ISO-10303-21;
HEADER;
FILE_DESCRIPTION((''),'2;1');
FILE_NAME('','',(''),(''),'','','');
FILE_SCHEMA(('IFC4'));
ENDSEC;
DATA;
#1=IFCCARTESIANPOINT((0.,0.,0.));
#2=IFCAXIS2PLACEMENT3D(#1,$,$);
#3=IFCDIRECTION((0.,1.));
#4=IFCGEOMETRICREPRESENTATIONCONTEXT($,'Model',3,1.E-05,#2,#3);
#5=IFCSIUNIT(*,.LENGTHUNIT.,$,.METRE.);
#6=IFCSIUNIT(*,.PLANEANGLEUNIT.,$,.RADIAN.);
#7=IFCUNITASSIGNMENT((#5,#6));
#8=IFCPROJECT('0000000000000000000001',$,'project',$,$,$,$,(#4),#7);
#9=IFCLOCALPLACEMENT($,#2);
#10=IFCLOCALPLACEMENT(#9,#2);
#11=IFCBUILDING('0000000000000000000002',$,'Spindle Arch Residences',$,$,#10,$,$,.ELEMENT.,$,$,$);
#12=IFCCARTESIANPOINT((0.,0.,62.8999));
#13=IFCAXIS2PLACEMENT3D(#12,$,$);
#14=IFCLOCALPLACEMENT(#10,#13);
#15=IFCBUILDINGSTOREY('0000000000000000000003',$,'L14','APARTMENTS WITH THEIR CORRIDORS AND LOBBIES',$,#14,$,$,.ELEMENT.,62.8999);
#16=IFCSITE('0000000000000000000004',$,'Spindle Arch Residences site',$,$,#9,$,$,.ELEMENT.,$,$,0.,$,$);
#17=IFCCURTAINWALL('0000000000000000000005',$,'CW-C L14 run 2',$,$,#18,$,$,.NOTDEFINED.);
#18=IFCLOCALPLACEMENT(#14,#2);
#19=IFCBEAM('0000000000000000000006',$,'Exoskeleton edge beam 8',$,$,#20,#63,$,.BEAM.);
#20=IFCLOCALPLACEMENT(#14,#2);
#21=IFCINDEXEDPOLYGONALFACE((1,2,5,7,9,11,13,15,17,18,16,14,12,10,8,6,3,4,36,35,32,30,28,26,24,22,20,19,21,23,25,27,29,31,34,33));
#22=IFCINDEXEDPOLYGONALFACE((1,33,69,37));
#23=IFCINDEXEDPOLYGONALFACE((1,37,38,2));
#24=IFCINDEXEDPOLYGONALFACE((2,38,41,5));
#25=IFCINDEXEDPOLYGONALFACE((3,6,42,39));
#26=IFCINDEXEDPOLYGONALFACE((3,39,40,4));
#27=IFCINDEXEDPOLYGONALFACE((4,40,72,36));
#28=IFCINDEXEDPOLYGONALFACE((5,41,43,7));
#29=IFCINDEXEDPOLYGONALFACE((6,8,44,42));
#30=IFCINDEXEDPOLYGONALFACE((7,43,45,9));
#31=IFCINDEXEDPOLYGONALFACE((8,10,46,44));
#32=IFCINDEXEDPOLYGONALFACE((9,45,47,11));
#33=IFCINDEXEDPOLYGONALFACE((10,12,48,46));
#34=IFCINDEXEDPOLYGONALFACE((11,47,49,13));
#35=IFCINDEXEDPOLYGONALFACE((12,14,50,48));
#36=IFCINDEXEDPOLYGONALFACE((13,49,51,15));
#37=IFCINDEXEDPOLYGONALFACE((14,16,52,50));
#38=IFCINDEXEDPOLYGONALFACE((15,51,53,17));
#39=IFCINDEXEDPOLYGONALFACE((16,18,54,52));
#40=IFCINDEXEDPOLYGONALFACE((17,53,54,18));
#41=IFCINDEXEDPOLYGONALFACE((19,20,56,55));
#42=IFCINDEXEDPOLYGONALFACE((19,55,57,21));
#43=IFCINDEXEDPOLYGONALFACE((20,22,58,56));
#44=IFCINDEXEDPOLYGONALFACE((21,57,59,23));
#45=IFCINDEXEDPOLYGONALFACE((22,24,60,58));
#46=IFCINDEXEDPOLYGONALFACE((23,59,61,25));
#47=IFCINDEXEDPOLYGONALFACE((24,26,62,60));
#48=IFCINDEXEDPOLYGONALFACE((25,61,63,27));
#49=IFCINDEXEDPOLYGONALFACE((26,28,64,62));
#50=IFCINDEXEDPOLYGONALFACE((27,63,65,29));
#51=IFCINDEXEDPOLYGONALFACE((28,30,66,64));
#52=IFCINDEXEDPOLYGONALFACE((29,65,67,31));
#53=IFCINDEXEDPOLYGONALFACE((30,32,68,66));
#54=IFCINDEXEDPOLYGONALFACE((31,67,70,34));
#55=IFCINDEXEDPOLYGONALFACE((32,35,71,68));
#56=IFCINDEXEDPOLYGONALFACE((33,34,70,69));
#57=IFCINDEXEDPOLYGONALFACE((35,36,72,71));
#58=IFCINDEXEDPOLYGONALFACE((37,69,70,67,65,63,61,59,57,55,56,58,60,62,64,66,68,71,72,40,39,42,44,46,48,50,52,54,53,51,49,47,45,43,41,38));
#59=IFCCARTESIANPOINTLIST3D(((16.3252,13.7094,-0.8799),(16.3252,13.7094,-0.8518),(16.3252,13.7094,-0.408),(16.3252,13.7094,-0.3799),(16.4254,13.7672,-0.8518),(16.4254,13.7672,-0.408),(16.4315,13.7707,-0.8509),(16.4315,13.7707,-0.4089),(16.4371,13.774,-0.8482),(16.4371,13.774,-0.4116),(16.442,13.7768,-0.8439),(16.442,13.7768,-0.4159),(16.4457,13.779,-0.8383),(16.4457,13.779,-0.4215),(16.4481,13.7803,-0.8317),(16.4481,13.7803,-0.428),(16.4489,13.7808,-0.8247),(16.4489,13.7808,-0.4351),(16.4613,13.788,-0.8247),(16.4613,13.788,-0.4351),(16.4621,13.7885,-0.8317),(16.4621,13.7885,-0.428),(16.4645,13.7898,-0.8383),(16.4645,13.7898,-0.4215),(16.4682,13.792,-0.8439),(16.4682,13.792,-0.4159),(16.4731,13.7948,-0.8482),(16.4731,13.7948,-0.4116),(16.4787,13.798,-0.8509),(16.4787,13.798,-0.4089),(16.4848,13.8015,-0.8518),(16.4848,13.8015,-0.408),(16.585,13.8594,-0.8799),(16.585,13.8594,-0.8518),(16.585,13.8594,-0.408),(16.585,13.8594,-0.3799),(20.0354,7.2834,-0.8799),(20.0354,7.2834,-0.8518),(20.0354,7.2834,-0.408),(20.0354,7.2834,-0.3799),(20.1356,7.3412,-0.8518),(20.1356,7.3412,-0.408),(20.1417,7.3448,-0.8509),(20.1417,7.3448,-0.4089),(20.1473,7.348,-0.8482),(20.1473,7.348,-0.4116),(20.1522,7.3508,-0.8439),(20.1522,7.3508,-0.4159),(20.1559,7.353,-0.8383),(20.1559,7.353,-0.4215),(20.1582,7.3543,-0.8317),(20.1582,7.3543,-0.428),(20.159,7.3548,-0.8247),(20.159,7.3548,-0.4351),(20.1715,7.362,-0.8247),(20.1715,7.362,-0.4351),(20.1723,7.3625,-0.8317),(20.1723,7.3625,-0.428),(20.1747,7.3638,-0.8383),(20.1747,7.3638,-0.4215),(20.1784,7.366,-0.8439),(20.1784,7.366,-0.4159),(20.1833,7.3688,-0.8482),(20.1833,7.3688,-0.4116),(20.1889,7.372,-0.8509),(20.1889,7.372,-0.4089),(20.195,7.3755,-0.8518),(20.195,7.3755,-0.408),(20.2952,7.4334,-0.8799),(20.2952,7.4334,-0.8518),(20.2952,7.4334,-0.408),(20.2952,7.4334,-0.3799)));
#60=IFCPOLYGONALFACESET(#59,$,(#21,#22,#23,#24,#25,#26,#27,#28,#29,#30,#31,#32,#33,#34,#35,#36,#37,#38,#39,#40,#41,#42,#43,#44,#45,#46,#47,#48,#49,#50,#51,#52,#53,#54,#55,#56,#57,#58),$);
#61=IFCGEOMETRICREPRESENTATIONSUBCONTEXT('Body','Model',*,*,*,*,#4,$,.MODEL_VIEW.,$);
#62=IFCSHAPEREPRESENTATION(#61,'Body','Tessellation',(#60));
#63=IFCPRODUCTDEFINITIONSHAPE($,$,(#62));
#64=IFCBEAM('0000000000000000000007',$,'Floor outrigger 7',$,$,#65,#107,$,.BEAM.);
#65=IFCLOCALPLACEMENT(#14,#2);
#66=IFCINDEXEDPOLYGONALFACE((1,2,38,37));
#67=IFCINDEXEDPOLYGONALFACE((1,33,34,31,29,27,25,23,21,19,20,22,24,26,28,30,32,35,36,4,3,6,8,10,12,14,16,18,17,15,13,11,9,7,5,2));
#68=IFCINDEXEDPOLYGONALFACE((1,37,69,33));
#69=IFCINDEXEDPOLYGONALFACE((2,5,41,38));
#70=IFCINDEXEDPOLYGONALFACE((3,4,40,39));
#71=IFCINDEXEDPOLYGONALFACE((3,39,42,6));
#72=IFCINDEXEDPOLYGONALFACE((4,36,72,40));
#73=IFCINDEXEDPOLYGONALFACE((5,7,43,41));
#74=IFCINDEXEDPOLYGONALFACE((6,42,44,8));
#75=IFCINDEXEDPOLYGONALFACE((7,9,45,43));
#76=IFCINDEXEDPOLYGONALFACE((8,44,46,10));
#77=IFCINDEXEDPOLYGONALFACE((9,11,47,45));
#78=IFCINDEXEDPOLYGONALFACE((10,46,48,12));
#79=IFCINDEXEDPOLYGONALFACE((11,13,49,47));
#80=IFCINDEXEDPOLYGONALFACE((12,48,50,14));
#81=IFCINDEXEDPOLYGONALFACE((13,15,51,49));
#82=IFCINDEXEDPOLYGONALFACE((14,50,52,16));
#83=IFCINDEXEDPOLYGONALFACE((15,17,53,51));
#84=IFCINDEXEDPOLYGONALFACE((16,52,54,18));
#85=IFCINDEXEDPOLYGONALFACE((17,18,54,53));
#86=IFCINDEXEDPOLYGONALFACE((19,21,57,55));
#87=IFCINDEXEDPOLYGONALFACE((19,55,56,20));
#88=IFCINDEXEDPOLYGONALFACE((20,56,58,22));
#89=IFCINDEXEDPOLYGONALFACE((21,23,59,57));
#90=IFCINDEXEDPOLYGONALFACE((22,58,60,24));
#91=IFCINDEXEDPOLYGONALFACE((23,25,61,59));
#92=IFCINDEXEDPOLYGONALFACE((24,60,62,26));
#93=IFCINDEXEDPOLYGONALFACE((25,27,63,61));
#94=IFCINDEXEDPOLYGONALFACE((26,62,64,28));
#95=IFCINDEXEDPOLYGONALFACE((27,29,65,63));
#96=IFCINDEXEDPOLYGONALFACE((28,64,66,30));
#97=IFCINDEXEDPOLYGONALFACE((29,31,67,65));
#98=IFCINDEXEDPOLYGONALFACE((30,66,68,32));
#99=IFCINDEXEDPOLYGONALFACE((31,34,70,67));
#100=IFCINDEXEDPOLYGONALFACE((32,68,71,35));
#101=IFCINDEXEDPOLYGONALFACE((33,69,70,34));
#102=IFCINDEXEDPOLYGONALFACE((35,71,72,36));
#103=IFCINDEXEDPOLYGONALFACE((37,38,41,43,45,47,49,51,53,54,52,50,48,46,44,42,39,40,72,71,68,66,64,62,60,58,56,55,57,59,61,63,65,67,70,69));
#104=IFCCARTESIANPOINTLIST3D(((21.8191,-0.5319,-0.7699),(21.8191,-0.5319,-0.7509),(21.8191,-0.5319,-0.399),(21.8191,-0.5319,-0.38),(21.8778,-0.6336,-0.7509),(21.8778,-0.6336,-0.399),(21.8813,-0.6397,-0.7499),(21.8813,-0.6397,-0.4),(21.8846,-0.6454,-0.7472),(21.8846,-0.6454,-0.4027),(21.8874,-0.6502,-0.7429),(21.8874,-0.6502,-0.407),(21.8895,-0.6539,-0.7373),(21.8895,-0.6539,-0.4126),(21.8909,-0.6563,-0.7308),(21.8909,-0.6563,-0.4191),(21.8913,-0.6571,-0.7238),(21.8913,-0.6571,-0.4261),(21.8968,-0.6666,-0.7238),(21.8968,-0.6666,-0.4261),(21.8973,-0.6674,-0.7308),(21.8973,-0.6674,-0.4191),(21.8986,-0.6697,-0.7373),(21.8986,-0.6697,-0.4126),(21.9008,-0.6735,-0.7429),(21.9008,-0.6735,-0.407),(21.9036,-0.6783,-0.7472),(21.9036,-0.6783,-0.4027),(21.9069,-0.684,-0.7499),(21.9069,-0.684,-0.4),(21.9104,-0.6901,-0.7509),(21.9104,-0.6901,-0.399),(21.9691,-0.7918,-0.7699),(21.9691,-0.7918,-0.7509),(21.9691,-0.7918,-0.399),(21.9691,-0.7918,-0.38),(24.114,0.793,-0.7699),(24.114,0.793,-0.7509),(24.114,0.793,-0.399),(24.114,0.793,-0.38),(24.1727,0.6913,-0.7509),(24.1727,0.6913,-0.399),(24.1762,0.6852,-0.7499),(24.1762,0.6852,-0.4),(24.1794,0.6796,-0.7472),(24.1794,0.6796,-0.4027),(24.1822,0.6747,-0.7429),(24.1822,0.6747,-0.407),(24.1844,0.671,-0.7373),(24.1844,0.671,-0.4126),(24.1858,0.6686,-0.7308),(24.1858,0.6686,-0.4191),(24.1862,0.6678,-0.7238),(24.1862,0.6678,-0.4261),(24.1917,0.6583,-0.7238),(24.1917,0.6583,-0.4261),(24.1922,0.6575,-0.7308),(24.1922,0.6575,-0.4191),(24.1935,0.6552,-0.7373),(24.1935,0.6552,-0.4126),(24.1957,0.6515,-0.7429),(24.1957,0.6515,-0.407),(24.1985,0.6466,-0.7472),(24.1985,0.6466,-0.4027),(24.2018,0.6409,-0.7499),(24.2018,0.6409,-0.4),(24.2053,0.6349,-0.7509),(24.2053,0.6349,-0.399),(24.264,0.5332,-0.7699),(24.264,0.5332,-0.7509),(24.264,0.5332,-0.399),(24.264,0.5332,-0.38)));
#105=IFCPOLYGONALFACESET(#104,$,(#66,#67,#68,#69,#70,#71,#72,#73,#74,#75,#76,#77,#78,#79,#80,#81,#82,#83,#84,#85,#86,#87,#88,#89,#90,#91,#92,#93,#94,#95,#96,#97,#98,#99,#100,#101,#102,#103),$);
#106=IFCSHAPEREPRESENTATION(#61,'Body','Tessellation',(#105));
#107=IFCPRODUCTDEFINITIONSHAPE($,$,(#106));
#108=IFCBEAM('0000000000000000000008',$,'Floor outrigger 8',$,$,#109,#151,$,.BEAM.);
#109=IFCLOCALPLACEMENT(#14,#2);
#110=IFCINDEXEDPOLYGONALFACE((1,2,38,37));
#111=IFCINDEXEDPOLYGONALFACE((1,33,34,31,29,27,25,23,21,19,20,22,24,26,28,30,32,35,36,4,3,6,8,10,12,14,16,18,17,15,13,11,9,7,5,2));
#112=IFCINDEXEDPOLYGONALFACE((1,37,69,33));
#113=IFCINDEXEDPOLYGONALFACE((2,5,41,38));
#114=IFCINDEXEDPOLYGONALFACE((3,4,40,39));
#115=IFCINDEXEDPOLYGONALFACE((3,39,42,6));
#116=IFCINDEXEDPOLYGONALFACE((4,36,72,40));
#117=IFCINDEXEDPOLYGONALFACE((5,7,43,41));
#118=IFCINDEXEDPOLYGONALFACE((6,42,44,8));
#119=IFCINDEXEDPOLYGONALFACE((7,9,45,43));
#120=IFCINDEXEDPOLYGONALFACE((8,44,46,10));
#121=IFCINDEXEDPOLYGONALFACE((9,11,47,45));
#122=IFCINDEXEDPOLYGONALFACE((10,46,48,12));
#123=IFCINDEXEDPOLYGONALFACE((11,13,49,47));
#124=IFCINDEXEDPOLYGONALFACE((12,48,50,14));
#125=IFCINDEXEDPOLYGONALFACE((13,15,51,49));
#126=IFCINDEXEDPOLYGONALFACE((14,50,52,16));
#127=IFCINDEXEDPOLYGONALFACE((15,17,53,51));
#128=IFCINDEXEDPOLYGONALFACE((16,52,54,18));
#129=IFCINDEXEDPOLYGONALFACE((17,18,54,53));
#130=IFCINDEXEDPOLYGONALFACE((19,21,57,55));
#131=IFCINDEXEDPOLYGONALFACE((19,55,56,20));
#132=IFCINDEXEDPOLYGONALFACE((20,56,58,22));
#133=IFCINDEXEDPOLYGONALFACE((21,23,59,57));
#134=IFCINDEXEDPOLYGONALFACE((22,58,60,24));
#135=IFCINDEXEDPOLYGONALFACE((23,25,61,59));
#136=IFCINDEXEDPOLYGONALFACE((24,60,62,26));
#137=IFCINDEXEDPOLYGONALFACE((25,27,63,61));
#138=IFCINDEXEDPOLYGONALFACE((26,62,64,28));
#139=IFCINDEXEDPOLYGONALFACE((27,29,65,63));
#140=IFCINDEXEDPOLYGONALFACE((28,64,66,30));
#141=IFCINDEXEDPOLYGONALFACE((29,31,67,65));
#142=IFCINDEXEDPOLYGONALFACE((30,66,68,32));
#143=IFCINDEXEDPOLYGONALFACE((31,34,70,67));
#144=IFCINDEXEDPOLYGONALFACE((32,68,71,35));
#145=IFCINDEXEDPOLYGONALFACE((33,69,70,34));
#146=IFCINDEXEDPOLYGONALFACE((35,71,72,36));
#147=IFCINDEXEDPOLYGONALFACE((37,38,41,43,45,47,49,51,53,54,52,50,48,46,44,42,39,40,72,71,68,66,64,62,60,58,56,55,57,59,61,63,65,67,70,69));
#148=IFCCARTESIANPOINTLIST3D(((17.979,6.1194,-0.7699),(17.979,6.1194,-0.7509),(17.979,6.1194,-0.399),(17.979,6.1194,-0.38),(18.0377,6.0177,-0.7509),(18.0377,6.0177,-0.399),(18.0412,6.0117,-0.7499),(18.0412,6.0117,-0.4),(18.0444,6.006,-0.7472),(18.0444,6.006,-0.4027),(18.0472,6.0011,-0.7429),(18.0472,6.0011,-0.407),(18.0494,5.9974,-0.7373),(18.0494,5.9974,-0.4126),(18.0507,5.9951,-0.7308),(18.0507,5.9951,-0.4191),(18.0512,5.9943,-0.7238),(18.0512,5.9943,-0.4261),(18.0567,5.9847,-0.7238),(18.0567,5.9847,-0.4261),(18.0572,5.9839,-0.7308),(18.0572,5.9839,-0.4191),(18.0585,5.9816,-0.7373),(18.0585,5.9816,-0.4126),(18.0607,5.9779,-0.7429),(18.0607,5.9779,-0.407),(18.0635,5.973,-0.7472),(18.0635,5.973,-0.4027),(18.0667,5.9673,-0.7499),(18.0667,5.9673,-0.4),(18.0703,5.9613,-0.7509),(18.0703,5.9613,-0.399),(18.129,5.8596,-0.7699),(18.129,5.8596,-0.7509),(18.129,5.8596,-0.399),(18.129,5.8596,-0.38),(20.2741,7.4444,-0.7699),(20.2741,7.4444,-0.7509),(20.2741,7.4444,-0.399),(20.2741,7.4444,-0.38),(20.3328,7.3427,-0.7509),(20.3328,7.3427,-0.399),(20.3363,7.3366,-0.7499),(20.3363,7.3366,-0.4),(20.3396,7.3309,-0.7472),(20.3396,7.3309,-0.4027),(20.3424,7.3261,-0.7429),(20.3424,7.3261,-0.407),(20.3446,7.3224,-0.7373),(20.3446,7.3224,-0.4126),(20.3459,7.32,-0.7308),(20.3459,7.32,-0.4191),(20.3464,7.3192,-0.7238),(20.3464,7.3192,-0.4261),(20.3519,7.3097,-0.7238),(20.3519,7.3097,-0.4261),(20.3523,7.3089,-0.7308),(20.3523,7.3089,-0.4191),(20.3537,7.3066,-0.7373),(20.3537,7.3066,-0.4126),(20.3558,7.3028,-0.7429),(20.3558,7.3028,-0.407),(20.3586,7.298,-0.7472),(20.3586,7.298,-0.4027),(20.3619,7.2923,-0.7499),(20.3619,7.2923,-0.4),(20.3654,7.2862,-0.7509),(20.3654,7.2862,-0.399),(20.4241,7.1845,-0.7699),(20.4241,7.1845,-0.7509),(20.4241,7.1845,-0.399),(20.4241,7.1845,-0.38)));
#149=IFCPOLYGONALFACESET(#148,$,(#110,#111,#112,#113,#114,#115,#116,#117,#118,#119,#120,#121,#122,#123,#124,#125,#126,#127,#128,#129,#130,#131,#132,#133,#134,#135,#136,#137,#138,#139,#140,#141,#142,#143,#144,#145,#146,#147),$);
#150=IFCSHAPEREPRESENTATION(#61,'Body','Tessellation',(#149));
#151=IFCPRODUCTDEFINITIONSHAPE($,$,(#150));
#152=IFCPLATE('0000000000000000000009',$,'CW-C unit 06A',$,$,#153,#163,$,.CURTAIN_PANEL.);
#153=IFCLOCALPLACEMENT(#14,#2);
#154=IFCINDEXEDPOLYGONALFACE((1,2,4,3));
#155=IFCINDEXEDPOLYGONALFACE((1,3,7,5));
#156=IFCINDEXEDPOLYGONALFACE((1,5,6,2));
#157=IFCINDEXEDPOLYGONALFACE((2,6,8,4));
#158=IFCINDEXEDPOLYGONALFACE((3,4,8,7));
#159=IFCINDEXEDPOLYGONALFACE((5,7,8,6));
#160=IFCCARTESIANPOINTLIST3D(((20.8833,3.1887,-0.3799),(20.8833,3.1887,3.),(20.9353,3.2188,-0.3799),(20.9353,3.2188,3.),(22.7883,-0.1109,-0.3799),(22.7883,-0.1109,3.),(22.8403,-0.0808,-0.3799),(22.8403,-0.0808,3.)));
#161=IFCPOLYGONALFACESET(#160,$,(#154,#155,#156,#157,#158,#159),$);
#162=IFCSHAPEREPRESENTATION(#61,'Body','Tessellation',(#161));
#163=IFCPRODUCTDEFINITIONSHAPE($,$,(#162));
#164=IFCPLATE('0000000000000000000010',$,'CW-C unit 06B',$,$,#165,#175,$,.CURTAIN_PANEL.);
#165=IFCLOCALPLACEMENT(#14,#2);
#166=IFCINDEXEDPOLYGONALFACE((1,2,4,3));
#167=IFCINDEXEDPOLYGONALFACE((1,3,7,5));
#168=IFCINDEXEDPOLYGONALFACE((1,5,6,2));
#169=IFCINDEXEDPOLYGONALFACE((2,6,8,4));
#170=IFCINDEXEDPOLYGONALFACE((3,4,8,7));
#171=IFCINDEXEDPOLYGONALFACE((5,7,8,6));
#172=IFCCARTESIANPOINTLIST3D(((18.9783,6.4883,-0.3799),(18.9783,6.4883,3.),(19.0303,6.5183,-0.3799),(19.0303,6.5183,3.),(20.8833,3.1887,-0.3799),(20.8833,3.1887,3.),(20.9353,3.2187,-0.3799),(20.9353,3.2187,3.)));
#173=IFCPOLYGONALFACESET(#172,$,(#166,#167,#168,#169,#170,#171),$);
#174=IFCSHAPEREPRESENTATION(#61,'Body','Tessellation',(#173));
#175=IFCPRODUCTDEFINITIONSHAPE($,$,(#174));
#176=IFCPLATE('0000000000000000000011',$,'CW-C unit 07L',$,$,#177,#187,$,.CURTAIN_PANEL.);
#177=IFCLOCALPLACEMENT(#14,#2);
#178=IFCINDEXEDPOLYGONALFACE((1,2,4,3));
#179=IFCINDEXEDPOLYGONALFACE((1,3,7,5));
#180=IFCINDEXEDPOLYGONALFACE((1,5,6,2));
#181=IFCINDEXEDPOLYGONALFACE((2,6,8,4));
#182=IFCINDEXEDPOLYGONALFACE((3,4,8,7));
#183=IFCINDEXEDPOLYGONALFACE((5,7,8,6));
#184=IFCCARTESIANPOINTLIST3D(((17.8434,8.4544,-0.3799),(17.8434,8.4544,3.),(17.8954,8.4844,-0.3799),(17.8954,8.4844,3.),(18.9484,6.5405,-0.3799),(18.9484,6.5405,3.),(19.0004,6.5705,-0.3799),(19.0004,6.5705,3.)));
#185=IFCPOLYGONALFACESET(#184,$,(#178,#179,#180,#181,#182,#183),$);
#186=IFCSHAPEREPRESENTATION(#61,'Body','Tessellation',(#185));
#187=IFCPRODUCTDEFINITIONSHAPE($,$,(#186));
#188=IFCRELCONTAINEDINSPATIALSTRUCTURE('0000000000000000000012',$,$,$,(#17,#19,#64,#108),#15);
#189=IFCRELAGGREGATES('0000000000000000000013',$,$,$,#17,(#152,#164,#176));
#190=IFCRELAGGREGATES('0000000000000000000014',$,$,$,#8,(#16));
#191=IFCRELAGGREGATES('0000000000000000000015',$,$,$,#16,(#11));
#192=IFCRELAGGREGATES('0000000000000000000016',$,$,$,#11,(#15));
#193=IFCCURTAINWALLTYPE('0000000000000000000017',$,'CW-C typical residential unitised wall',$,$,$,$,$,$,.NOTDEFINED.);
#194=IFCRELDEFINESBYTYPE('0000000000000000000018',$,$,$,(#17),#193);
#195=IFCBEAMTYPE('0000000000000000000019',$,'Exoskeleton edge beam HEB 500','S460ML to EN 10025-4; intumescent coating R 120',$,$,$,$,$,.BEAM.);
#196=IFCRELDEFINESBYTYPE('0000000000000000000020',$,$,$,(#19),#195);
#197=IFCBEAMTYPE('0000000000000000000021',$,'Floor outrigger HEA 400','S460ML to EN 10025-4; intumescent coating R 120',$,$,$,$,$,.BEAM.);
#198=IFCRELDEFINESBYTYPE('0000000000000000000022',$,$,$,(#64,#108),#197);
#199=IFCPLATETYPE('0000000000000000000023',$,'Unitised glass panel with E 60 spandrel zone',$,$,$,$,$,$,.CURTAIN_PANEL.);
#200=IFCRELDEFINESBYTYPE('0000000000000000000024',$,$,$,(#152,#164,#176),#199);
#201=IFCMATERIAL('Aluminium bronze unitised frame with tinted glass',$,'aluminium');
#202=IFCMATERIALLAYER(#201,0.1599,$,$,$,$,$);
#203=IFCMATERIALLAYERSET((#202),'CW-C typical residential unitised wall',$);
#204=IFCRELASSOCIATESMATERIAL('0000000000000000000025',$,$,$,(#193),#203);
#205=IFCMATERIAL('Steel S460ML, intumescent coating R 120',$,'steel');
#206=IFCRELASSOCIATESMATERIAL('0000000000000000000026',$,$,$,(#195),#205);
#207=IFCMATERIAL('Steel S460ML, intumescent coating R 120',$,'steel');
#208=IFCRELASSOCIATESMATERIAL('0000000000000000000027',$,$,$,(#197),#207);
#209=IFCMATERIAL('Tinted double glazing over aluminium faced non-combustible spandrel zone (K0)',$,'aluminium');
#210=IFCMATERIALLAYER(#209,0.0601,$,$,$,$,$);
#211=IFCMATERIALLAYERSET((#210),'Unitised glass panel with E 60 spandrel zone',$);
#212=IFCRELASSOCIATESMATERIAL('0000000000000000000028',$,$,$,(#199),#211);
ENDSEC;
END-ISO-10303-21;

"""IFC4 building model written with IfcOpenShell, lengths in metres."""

from ifc_helpers import new_model, si_unit, direction, frame, origin, origin_2d, place, context, subcontext, project, spatial, rectangle, i_section, extrude, material, layer, layer_set, material_profile, profile_set, type_object, element, aggregate, save


model = new_model("IFC4")

# Units and contexts
model_context = context("Model", 3, precision=1e-05, world=origin(), true_north=direction((0.0, 1.0)))
body_context = subcontext(model_context, "Body", "Model", "MODEL_VIEW")
ifc_project = project(units=[si_unit("LENGTHUNIT", "METRE"), si_unit("PLANEANGLEUNIT", "RADIAN")], contexts=[model_context])

# Site, building, storey
site_placement = place(None, origin())
site = spatial("IfcSite", under=ifc_project, at=site_placement, Name="Spindle Arch Residences site", CompositionType="ELEMENT", RefElevation=0.0)
building_placement = place(site_placement, origin())
building = spatial("IfcBuilding", under=site, at=building_placement, Name="Spindle Arch Residences", CompositionType="ELEMENT")
storey_placement = place(building_placement, frame((0.0, 0.0, 62.8999)))
storey = spatial("IfcBuildingStorey", under=building, at=storey_placement, Name="L14", Description="APARTMENTS WITH THEIR CORRIDORS AND LOBBIES", CompositionType="ELEMENT", Elevation=62.8999)

# Curtain wall
ifc_material_1 = material(Name="Aluminium bronze unitised frame with tinted glass", Category="aluminium")
ifc_layer_1 = layer(ifc_material_1, 0.1599)
ifc_layer_set_1 = layer_set([ifc_layer_1], Name="CW-C typical residential unitised wall")
curtain_wall_type = type_object("IfcCurtainWallType", Name="CW-C typical residential unitised wall", PredefinedType="NOTDEFINED", material=ifc_layer_set_1)
curtain_wall_placement = place(storey_placement, origin())
curtain_wall = element("IfcCurtainWall", 1, at=curtain_wall_placement, inside=storey, type_object=curtain_wall_type, Name="CW-C L14 run 2", PredefinedType="NOTDEFINED")

# Beams
ifc_material_2 = material(Name="Steel S460ML, intumescent coating R 120", Category="steel")
ifc_material_profile_1 = material_profile(ifc_material_2, i_section(OverallWidth=0.3, OverallDepth=0.5, WebThickness=0.0144, FlangeThickness=0.0281, FilletRadius=0.0271, at=origin_2d()), Name="HEB 500")
ifc_profile_set_1 = profile_set([ifc_material_profile_1], Name="Steel S460ML, intumescent coating R 120")
beam_type_1 = type_object("IfcBeamType", Name="Exoskeleton edge beam HEB 500", Description="S460ML to EN 10025-4; intumescent coating R 120", PredefinedType="BEAM", material=ifc_profile_set_1)
for number, where, z_axis, x_axis, name in (
    (2, (20.1653, 7.3584, -0.6299), (-0.500014, 0.866017, 0.0), (-0.866017, -0.500014, 0.0), "Exoskeleton edge beam 8"),
):
    element("IfcBeam", number, at=place(storey_placement, frame(where, z_axis=z_axis, x_axis=x_axis)), inside=storey, type_object=beam_type_1, Name=name, PredefinedType="BEAM", context=body_context, shape_type="SweptSolid", body=[
        extrude(i_section(OverallWidth=0.3, OverallDepth=0.5, WebThickness=0.0144, FlangeThickness=0.0281, FilletRadius=0.0271, at=origin_2d()), origin(), (0.0, 0.0, 1.0), 7.4202),
    ])
ifc_material_3 = material(Name="Steel S460ML, intumescent coating R 120", Category="steel")
ifc_material_profile_2 = material_profile(ifc_material_3, i_section(OverallWidth=0.3, OverallDepth=0.3899, WebThickness=0.011, FlangeThickness=0.019, FilletRadius=0.0271, at=origin_2d()), Name="HEA 400")
ifc_profile_set_2 = profile_set([ifc_material_profile_2], Name="Steel S460ML, intumescent coating R 120")
beam_type_2 = type_object("IfcBeamType", Name="Floor outrigger HEA 400", Description="S460ML to EN 10025-4; intumescent coating R 120", PredefinedType="BEAM", material=ifc_profile_set_2)
beam_1_placement = place(storey_placement, frame((24.189, 0.6631, -0.575), z_axis=(-0.866029, -0.499994, 0.0), x_axis=(0.499994, -0.866029, 0.0)))
element("IfcBeam", 3, at=beam_1_placement, inside=storey, type_object=beam_type_2, Name="Floor outrigger 7", PredefinedType="BEAM", context=body_context, shape_type="SweptSolid", body=[
    extrude(i_section(OverallWidth=0.3, OverallDepth=0.3899, WebThickness=0.011, FlangeThickness=0.019, FilletRadius=0.0271, at=origin_2d()), origin(), (0.0, 0.0, 1.0), 2.6499),
])
beam_2_placement = place(storey_placement, frame((20.3491, 7.3145, -0.575), z_axis=(-0.866052, -0.499954, 0.0), x_axis=(0.499954, -0.866052, 0.0)))
element("IfcBeam", 4, at=beam_2_placement, inside=storey, type_object=beam_type_2, Name="Floor outrigger 8", PredefinedType="BEAM", context=body_context, shape_type="SweptSolid", body=[
    extrude(i_section(OverallWidth=0.3, OverallDepth=0.3899, WebThickness=0.011, FlangeThickness=0.019, FilletRadius=0.0271, at=origin_2d()), origin(), (0.0, 0.0, 1.0), 2.6501),
])

# Plates
ifc_material_4 = material(Name="Tinted double glazing over aluminium faced non-combustible spandrel zone (K0)", Category="aluminium")
ifc_layer_2 = layer(ifc_material_4, 0.0601)
ifc_layer_set_2 = layer_set([ifc_layer_2], Name="Unitised glass panel with E 60 spandrel zone")
plate_type = type_object("IfcPlateType", Name="Unitised glass panel with E 60 spandrel zone", PredefinedType="CURTAIN_PANEL", material=ifc_layer_set_2)
plate_1_placement = place(storey_placement, frame((21.8618, 1.554, -0.3799), z_axis=(0.0, 0.0, 1.0), x_axis=(-0.5, 0.866025, 0.0)))
plate_1 = element("IfcPlate", 5, at=plate_1_placement, type_object=plate_type, Name="CW-C unit 06A", PredefinedType="CURTAIN_PANEL", context=body_context, shape_type="SweptSolid", body=[
    extrude(rectangle(XDim=3.8101, YDim=0.0601, at=origin_2d()), origin(), (0.0, 0.0, 1.0), 3.3799),
])
plate_2_placement = place(storey_placement, frame((19.9568, 4.8535, -0.3799), z_axis=(0.0, 0.0, 1.0), x_axis=(-0.5, 0.866025, 0.0)))
plate_2 = element("IfcPlate", 6, at=plate_2_placement, type_object=plate_type, Name="CW-C unit 06B", PredefinedType="CURTAIN_PANEL", context=body_context, shape_type="SweptSolid", body=[
    extrude(rectangle(XDim=3.8101, YDim=0.0601, at=origin_2d()), origin(), (0.0, 0.0, 1.0), 3.3799),
])
plate_3_placement = place(storey_placement, frame((18.4219, 7.5125, -0.3799), z_axis=(0.0, 0.0, 1.0), x_axis=(-0.5, 0.866025, 0.0)))
plate_3 = element("IfcPlate", 7, at=plate_3_placement, type_object=plate_type, Name="CW-C unit 07L", PredefinedType="CURTAIN_PANEL", context=body_context, shape_type="SweptSolid", body=[
    extrude(rectangle(XDim=2.21, YDim=0.0601, at=origin_2d()), origin(), (0.0, 0.0, 1.0), 3.3799),
])
aggregate(curtain_wall, [plate_1, plate_2, plate_3])

save(model, "model.ifc")
